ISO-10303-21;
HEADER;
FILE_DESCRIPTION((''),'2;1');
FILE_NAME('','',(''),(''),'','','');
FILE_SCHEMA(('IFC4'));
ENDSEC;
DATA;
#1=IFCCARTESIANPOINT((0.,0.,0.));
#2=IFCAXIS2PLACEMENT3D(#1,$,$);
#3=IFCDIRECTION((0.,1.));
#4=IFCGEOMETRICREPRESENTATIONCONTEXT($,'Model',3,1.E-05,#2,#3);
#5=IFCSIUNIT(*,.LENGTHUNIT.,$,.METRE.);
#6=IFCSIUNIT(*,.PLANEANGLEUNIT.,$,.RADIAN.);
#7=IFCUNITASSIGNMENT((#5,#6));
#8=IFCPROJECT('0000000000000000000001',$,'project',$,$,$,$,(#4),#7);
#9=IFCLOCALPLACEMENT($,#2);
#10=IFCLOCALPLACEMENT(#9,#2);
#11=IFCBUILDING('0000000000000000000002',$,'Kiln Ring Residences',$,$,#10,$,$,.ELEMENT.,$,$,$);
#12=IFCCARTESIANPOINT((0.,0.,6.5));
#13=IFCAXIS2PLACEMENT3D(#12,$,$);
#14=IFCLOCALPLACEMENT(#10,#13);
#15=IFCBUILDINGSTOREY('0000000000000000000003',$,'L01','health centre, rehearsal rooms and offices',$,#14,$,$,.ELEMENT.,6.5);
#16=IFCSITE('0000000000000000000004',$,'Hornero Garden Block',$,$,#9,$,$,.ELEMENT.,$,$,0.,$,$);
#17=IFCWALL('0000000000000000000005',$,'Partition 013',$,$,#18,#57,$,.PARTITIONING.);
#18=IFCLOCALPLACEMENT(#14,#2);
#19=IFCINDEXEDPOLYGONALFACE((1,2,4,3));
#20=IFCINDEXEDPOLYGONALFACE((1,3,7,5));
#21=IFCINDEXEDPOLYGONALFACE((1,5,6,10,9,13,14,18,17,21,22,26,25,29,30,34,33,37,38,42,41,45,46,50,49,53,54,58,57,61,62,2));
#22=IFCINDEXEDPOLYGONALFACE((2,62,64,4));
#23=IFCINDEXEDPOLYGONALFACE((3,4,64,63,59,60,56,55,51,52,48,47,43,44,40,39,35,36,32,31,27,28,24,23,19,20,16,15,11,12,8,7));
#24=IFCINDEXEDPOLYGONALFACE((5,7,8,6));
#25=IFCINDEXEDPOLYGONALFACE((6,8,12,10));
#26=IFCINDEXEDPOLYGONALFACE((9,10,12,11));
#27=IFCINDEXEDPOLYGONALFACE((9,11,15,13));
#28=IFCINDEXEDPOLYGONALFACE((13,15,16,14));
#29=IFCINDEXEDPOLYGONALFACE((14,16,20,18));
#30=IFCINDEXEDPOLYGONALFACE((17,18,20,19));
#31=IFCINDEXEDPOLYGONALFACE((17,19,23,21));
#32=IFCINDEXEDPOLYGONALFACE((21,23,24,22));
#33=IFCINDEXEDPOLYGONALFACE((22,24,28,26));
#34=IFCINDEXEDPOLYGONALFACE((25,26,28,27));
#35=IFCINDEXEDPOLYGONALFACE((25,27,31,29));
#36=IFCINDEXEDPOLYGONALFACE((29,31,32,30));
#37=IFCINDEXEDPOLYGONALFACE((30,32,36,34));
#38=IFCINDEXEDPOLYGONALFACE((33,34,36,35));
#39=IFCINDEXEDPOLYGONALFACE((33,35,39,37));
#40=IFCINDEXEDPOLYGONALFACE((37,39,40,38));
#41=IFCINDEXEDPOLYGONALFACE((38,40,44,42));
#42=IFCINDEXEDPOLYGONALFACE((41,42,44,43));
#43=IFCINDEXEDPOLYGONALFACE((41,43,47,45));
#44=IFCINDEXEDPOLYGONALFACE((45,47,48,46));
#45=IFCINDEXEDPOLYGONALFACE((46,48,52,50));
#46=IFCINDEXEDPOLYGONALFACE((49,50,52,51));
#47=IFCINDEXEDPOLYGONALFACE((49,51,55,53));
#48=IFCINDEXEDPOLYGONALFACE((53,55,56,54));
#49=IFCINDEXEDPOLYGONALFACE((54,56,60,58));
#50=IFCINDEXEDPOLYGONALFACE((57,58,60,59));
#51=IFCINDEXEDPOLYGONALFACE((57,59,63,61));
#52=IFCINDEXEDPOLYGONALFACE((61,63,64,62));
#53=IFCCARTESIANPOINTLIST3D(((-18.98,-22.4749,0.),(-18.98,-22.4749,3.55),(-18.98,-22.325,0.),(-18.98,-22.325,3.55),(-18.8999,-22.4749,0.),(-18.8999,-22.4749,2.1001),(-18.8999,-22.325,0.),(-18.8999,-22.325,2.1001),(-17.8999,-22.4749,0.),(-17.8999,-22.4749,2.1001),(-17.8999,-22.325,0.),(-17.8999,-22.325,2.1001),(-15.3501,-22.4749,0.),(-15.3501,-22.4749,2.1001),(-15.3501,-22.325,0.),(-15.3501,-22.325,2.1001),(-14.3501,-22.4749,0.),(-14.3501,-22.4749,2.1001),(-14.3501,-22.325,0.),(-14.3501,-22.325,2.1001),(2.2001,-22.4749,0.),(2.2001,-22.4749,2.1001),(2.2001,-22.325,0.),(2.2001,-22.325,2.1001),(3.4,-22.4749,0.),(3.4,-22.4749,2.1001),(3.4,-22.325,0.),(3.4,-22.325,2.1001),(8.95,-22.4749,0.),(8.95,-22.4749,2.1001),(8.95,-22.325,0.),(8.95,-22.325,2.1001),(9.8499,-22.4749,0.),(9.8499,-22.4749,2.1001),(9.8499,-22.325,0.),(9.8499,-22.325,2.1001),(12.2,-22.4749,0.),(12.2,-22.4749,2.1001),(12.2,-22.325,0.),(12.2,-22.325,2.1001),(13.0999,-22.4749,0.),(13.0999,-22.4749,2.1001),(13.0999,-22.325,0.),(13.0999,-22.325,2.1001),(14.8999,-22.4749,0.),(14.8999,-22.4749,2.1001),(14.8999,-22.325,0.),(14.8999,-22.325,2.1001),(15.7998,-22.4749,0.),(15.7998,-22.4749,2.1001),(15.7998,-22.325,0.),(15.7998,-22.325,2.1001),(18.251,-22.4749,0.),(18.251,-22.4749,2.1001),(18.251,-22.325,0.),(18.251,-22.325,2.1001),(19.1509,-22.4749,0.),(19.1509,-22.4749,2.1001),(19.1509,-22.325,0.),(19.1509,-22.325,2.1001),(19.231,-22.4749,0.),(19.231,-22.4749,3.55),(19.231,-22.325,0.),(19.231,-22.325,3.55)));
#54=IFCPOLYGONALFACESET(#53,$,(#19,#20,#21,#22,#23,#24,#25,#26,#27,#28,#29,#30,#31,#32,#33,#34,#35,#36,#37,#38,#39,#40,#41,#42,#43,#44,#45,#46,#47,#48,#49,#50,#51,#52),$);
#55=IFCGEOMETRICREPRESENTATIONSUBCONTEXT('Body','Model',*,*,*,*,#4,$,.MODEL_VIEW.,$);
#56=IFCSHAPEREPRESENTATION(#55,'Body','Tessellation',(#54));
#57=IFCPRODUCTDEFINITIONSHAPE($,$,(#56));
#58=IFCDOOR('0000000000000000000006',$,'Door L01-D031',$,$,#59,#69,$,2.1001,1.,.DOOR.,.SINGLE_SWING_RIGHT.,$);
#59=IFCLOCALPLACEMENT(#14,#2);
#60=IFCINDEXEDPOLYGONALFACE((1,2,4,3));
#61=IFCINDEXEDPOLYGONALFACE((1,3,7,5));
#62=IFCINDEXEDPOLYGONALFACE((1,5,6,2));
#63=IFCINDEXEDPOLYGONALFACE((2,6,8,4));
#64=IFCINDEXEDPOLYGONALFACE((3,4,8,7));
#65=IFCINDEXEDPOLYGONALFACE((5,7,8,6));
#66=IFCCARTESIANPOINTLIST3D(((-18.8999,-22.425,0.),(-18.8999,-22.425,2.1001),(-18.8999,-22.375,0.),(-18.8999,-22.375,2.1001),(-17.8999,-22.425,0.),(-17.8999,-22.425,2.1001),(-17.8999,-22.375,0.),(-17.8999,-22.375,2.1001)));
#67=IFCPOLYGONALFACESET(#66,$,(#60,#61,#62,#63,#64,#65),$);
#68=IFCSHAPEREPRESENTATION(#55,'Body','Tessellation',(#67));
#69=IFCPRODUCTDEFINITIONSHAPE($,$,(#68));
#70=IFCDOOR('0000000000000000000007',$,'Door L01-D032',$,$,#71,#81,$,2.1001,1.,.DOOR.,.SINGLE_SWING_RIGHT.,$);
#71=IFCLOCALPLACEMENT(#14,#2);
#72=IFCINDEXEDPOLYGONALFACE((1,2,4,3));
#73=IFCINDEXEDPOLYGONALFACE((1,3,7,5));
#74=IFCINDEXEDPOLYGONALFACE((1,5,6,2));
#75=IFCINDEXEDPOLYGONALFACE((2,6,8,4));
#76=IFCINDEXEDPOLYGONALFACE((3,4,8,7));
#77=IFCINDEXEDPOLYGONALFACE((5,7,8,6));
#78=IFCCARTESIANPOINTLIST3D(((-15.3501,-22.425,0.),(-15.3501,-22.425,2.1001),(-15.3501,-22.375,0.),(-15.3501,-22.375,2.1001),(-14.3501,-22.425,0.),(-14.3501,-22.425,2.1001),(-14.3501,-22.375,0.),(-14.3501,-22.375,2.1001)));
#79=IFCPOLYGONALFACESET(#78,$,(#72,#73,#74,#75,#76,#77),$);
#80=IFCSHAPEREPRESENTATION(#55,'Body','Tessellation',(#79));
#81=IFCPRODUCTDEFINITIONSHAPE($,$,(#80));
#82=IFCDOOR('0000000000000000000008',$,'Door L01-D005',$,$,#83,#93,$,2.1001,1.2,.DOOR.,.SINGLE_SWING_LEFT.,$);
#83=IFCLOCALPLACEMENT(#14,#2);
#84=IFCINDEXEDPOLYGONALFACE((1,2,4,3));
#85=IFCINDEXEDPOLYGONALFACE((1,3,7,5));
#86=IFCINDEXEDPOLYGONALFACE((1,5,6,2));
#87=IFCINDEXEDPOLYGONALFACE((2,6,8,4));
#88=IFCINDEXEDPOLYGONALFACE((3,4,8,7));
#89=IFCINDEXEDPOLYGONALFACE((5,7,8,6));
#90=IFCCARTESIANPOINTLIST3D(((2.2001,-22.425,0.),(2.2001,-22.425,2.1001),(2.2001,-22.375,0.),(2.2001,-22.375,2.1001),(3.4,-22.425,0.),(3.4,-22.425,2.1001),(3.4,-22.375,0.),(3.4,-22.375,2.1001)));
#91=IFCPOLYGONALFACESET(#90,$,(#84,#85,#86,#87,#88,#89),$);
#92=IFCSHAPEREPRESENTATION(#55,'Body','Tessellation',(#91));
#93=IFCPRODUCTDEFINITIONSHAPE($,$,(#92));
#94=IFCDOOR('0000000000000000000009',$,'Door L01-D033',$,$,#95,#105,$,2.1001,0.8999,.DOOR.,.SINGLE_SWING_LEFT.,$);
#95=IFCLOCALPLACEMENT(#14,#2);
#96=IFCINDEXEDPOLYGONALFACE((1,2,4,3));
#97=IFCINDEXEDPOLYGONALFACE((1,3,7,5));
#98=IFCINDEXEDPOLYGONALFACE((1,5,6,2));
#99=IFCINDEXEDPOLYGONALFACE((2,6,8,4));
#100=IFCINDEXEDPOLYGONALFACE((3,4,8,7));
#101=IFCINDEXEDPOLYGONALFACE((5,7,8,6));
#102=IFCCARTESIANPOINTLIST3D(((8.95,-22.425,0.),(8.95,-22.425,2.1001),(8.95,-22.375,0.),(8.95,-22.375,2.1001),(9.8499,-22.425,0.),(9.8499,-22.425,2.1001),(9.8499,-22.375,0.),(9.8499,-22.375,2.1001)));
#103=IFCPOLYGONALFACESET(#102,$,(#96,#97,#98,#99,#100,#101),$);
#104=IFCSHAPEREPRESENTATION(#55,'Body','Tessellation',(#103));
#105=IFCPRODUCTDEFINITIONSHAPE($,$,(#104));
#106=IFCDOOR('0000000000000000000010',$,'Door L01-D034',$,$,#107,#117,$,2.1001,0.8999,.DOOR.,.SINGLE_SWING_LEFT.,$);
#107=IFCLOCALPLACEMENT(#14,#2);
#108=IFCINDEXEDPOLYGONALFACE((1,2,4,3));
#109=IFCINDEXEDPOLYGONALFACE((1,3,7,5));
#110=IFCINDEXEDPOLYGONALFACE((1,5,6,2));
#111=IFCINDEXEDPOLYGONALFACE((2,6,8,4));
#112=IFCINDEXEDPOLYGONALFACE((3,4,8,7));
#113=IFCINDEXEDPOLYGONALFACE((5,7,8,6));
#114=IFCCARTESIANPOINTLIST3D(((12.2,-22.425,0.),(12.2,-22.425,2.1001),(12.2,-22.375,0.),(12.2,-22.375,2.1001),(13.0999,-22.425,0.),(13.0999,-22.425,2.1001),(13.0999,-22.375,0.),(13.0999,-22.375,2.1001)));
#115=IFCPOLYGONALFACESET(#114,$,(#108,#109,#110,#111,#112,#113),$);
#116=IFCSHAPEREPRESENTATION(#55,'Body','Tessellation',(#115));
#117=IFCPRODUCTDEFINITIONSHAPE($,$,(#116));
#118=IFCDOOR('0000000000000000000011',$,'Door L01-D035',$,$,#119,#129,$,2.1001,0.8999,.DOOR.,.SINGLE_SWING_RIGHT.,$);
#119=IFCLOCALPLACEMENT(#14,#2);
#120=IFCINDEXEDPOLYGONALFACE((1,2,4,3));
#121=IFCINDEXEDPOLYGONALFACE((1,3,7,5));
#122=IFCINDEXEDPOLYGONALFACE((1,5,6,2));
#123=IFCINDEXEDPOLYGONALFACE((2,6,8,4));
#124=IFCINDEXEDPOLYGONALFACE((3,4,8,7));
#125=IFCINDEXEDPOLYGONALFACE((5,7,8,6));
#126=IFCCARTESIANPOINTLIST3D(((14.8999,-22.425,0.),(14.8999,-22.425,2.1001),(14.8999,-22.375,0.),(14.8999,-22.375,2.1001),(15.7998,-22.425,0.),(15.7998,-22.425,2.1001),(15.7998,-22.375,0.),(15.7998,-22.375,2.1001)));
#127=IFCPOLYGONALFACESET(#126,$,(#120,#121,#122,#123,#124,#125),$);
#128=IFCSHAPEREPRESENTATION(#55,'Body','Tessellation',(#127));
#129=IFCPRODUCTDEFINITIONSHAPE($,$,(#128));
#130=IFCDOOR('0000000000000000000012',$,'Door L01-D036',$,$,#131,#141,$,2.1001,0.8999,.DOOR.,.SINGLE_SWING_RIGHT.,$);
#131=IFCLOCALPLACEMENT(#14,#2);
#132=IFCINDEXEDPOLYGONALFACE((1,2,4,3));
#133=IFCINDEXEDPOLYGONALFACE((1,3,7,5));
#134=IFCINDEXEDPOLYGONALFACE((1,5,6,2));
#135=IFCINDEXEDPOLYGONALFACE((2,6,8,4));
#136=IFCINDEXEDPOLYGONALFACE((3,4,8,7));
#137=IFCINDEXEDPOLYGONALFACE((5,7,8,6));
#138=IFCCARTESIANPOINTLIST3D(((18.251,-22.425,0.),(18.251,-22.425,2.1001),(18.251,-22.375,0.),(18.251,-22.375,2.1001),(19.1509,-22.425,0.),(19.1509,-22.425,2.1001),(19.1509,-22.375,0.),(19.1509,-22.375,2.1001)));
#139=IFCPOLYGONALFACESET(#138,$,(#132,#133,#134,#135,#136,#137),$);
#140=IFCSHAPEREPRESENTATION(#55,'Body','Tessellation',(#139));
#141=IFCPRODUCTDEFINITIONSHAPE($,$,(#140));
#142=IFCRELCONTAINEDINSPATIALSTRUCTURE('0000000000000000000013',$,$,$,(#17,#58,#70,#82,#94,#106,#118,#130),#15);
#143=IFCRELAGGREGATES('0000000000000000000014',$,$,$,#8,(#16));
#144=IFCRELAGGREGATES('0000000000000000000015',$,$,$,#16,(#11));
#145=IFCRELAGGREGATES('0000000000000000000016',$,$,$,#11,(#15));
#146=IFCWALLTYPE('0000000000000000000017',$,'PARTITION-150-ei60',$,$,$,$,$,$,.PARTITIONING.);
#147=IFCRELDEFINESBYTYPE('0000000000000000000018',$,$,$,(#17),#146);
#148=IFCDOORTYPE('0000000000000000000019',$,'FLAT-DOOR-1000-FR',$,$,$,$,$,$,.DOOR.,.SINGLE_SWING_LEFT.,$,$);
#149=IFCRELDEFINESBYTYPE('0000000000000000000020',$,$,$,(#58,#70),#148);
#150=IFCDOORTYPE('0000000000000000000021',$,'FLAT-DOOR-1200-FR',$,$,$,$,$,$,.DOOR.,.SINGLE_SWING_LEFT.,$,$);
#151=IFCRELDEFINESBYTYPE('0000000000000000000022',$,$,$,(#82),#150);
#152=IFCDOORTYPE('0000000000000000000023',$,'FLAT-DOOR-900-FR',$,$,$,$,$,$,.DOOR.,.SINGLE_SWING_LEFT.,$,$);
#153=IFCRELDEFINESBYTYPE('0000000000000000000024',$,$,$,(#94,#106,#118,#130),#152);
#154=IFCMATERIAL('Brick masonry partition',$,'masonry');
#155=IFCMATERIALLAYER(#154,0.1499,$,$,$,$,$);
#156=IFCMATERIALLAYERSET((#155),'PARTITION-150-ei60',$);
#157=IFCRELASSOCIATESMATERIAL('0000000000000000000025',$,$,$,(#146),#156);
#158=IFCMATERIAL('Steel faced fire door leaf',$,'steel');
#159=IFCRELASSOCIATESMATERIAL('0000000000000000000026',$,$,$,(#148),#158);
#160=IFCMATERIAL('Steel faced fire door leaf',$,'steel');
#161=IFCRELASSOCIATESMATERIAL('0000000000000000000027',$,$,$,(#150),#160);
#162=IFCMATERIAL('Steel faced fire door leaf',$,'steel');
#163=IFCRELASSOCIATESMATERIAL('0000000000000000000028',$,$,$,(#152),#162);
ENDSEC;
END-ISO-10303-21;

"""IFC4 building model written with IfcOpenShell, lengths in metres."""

from ifc_helpers import new_model, si_unit, direction, frame, frame_2d, origin, place, context, subcontext, project, spatial, rectangle, extrude, material, layer, layer_set, type_object, element, fill, save


model = new_model("IFC4")

# Units and contexts
model_context = context("Model", 3, precision=1e-05, world=origin(), true_north=direction((0.0, 1.0)))
body_context = subcontext(model_context, "Body", "Model", "MODEL_VIEW")
ifc_project = project(units=[si_unit("LENGTHUNIT", "METRE"), si_unit("PLANEANGLEUNIT", "RADIAN")], contexts=[model_context])

# Site, building, storey
site_placement = place(None, origin())
site = spatial("IfcSite", under=ifc_project, at=site_placement, Name="Hornero Garden Block", CompositionType="ELEMENT", RefElevation=0.0)
building_placement = place(site_placement, origin())
building = spatial("IfcBuilding", under=site, at=building_placement, Name="Kiln Ring Residences", CompositionType="ELEMENT")
storey_placement = place(building_placement, frame((0.0, 0.0, 6.5)))
storey = spatial("IfcBuildingStorey", under=building, at=storey_placement, Name="L01", Description="health centre, rehearsal rooms and offices", CompositionType="ELEMENT", Elevation=6.5)

# Wall, openings, doors
ifc_material_1 = material(Name="Brick masonry partition", Category="masonry")
ifc_layer_1 = layer(ifc_material_1, 0.1499)
ifc_layer_set_1 = layer_set([ifc_layer_1], Name="PARTITION-150-ei60")
wall_type_1 = type_object("IfcWallType", Name="PARTITION-150-ei60", PredefinedType="PARTITIONING", material=ifc_layer_set_1)
wall_1_placement = place(storey_placement, frame((-18.98, -22.3999, 0.0), z_axis=(0.0, 0.0, 1.0), x_axis=(1.0, 0.0, 0.0)))
wall_1 = element("IfcWall", 1, at=wall_1_placement, inside=storey, type_object=wall_type_1, Name="Partition 013", PredefinedType="PARTITIONING", context=body_context, shape_type="SweptSolid", body=[
    extrude(rectangle(XDim=38.2109, YDim=0.1499, at=frame_2d((19.1055, 0.0))), origin(), (0.0, 0.0, 1.0), 3.55),
])
opening_1_placement = place(wall_1_placement, frame((21.1799, 0.0, 0.0)))
opening_1 = element("IfcOpeningElement", 2, at=opening_1_placement, cuts=wall_1, PredefinedType="OPENING", context=body_context, shape_type="SweptSolid", body=[
    extrude(rectangle(XDim=1.2, YDim=2.1001, at=frame_2d((0.6001, 1.05))), frame((0.0, 0.085, 0.0), z_axis=(0.0, -1.0, 0.0), x_axis=(1.0, 0.0, 0.0)), (0.0, 0.0, 1.0), 0.1699),
])
opening_2_placement = place(wall_1_placement, frame((0.0801, 0.0, 0.0)))
opening_2 = element("IfcOpeningElement", 3, at=opening_2_placement, cuts=wall_1, PredefinedType="OPENING", context=body_context, shape_type="SweptSolid", body=[
    extrude(rectangle(XDim=1.0, YDim=2.1001, at=frame_2d((0.5, 1.05))), frame((0.0, 0.085, 0.0), z_axis=(0.0, -1.0, 0.0), x_axis=(1.0, 0.0, 0.0)), (0.0, 0.0, 1.0), 0.1699),
])
opening_3_placement = place(wall_1_placement, frame((3.6299, 0.0, 0.0)))
opening_3 = element("IfcOpeningElement", 4, at=opening_3_placement, cuts=wall_1, PredefinedType="OPENING", context=body_context, shape_type="SweptSolid", body=[
    extrude(rectangle(XDim=1.0, YDim=2.1001, at=frame_2d((0.5, 1.05))), frame((0.0, 0.085, 0.0), z_axis=(0.0, -1.0, 0.0), x_axis=(1.0, 0.0, 0.0)), (0.0, 0.0, 1.0), 0.1699),
])
opening_4_placement = place(wall_1_placement, frame((27.9299, 0.0, 0.0)))
opening_4 = element("IfcOpeningElement", 5, at=opening_4_placement, cuts=wall_1, PredefinedType="OPENING", context=body_context, shape_type="SweptSolid", body=[
    extrude(rectangle(XDim=0.8999, YDim=2.1001, at=frame_2d((0.45, 1.05))), frame((0.0, 0.085, 0.0), z_axis=(0.0, -1.0, 0.0), x_axis=(1.0, 0.0, 0.0)), (0.0, 0.0, 1.0), 0.1699),
])
opening_5_placement = place(wall_1_placement, frame((31.1799, 0.0, 0.0)))
opening_5 = element("IfcOpeningElement", 6, at=opening_5_placement, cuts=wall_1, PredefinedType="OPENING", context=body_context, shape_type="SweptSolid", body=[
    extrude(rectangle(XDim=0.8999, YDim=2.1001, at=frame_2d((0.45, 1.05))), frame((0.0, 0.085, 0.0), z_axis=(0.0, -1.0, 0.0), x_axis=(1.0, 0.0, 0.0)), (0.0, 0.0, 1.0), 0.1699),
])
opening_6_placement = place(wall_1_placement, frame((33.8799, 0.0, 0.0)))
opening_6 = element("IfcOpeningElement", 7, at=opening_6_placement, cuts=wall_1, PredefinedType="OPENING", context=body_context, shape_type="SweptSolid", body=[
    extrude(rectangle(XDim=0.8999, YDim=2.1001, at=frame_2d((0.45, 1.05))), frame((0.0, 0.085, 0.0), z_axis=(0.0, -1.0, 0.0), x_axis=(1.0, 0.0, 0.0)), (0.0, 0.0, 1.0), 0.1699),
])
opening_7_placement = place(wall_1_placement, frame((37.231, 0.0, 0.0)))
opening_7 = element("IfcOpeningElement", 8, at=opening_7_placement, cuts=wall_1, PredefinedType="OPENING", context=body_context, shape_type="SweptSolid", body=[
    extrude(rectangle(XDim=0.8999, YDim=2.1001, at=frame_2d((0.45, 1.05))), frame((0.0, 0.085, 0.0), z_axis=(0.0, -1.0, 0.0), x_axis=(1.0, 0.0, 0.0)), (0.0, 0.0, 1.0), 0.1699),
])
ifc_material_2 = material(Name="Steel faced fire door leaf", Category="steel")
door_type_1 = type_object("IfcDoorType", Name="FLAT-DOOR-1000-FR", OperationType="SINGLE_SWING_LEFT", PredefinedType="DOOR", material=ifc_material_2)
door_1_placement = place(opening_2_placement, origin())
door_1 = element("IfcDoor", 9, at=door_1_placement, inside=storey, type_object=door_type_1, Name="Door L01-D031", OperationType="SINGLE_SWING_RIGHT", OverallHeight=2.1001, OverallWidth=1.0, PredefinedType="DOOR", context=body_context, shape_type="SweptSolid", body=[
    extrude(rectangle(XDim=1.0, YDim=2.1001, at=frame_2d((0.5, 1.05))), frame((0.0, 0.0249, 0.0), z_axis=(0.0, -1.0, 0.0), x_axis=(1.0, 0.0, 0.0)), (0.0, 0.0, 1.0), 0.05),
])
fill(opening_2, door_1)
door_2_placement = place(opening_3_placement, origin())
door_2 = element("IfcDoor", 10, at=door_2_placement, inside=storey, type_object=door_type_1, Name="Door L01-D032", OperationType="SINGLE_SWING_RIGHT", OverallHeight=2.1001, OverallWidth=1.0, PredefinedType="DOOR", context=body_context, shape_type="SweptSolid", body=[
    extrude(rectangle(XDim=1.0, YDim=2.1001, at=frame_2d((0.5, 1.05))), frame((0.0, 0.0249, 0.0), z_axis=(0.0, -1.0, 0.0), x_axis=(1.0, 0.0, 0.0)), (0.0, 0.0, 1.0), 0.05),
])
fill(opening_3, door_2)
ifc_material_3 = material(Name="Steel faced fire door leaf", Category="steel")
door_type_2 = type_object("IfcDoorType", Name="FLAT-DOOR-1200-FR", OperationType="SINGLE_SWING_LEFT", PredefinedType="DOOR", material=ifc_material_3)
door_3_placement = place(opening_1_placement, origin())
door_3 = element("IfcDoor", 11, at=door_3_placement, inside=storey, type_object=door_type_2, Name="Door L01-D005", OperationType="SINGLE_SWING_LEFT", OverallHeight=2.1001, OverallWidth=1.2, PredefinedType="DOOR", context=body_context, shape_type="SweptSolid", body=[
    extrude(rectangle(XDim=1.2, YDim=2.1001, at=frame_2d((0.6001, 1.05))), frame((0.0, 0.0249, 0.0), z_axis=(0.0, -1.0, 0.0), x_axis=(1.0, 0.0, 0.0)), (0.0, 0.0, 1.0), 0.05),
])
fill(opening_1, door_3)
ifc_material_4 = material(Name="Steel faced fire door leaf", Category="steel")
door_type_3 = type_object("IfcDoorType", Name="FLAT-DOOR-900-FR", OperationType="SINGLE_SWING_LEFT", PredefinedType="DOOR", material=ifc_material_4)
door_4_placement = place(opening_4_placement, origin())
door_4 = element("IfcDoor", 12, at=door_4_placement, inside=storey, type_object=door_type_3, Name="Door L01-D033", OperationType="SINGLE_SWING_LEFT", OverallHeight=2.1001, OverallWidth=0.8999, PredefinedType="DOOR", context=body_context, shape_type="SweptSolid", body=[
    extrude(rectangle(XDim=0.8999, YDim=2.1001, at=frame_2d((0.45, 1.05))), frame((0.0, 0.0249, 0.0), z_axis=(0.0, -1.0, 0.0), x_axis=(1.0, 0.0, 0.0)), (0.0, 0.0, 1.0), 0.05),
])
fill(opening_4, door_4)
door_5_placement = place(opening_5_placement, origin())
door_5 = element("IfcDoor", 13, at=door_5_placement, inside=storey, type_object=door_type_3, Name="Door L01-D034", OperationType="SINGLE_SWING_LEFT", OverallHeight=2.1001, OverallWidth=0.8999, PredefinedType="DOOR", context=body_context, shape_type="SweptSolid", body=[
    extrude(rectangle(XDim=0.8999, YDim=2.1001, at=frame_2d((0.45, 1.05))), frame((0.0, 0.0249, 0.0), z_axis=(0.0, -1.0, 0.0), x_axis=(1.0, 0.0, 0.0)), (0.0, 0.0, 1.0), 0.05),
])
fill(opening_5, door_5)
door_6_placement = place(opening_6_placement, origin())
door_6 = element("IfcDoor", 14, at=door_6_placement, inside=storey, type_object=door_type_3, Name="Door L01-D035", OperationType="SINGLE_SWING_RIGHT", OverallHeight=2.1001, OverallWidth=0.8999, PredefinedType="DOOR", context=body_context, shape_type="SweptSolid", body=[
    extrude(rectangle(XDim=0.8999, YDim=2.1001, at=frame_2d((0.45, 1.05))), frame((0.0, 0.0249, 0.0), z_axis=(0.0, -1.0, 0.0), x_axis=(1.0, 0.0, 0.0)), (0.0, 0.0, 1.0), 0.05),
])
fill(opening_6, door_6)
door_7_placement = place(opening_7_placement, origin())
door_7 = element("IfcDoor", 15, at=door_7_placement, inside=storey, type_object=door_type_3, Name="Door L01-D036", OperationType="SINGLE_SWING_RIGHT", OverallHeight=2.1001, OverallWidth=0.8999, PredefinedType="DOOR", context=body_context, shape_type="SweptSolid", body=[
    extrude(rectangle(XDim=0.8999, YDim=2.1001, at=frame_2d((0.45, 1.05))), frame((0.0, 0.0249, 0.0), z_axis=(0.0, -1.0, 0.0), x_axis=(1.0, 0.0, 0.0)), (0.0, 0.0, 1.0), 0.05),
])
fill(opening_7, door_7)

save(model, "model.ifc")
